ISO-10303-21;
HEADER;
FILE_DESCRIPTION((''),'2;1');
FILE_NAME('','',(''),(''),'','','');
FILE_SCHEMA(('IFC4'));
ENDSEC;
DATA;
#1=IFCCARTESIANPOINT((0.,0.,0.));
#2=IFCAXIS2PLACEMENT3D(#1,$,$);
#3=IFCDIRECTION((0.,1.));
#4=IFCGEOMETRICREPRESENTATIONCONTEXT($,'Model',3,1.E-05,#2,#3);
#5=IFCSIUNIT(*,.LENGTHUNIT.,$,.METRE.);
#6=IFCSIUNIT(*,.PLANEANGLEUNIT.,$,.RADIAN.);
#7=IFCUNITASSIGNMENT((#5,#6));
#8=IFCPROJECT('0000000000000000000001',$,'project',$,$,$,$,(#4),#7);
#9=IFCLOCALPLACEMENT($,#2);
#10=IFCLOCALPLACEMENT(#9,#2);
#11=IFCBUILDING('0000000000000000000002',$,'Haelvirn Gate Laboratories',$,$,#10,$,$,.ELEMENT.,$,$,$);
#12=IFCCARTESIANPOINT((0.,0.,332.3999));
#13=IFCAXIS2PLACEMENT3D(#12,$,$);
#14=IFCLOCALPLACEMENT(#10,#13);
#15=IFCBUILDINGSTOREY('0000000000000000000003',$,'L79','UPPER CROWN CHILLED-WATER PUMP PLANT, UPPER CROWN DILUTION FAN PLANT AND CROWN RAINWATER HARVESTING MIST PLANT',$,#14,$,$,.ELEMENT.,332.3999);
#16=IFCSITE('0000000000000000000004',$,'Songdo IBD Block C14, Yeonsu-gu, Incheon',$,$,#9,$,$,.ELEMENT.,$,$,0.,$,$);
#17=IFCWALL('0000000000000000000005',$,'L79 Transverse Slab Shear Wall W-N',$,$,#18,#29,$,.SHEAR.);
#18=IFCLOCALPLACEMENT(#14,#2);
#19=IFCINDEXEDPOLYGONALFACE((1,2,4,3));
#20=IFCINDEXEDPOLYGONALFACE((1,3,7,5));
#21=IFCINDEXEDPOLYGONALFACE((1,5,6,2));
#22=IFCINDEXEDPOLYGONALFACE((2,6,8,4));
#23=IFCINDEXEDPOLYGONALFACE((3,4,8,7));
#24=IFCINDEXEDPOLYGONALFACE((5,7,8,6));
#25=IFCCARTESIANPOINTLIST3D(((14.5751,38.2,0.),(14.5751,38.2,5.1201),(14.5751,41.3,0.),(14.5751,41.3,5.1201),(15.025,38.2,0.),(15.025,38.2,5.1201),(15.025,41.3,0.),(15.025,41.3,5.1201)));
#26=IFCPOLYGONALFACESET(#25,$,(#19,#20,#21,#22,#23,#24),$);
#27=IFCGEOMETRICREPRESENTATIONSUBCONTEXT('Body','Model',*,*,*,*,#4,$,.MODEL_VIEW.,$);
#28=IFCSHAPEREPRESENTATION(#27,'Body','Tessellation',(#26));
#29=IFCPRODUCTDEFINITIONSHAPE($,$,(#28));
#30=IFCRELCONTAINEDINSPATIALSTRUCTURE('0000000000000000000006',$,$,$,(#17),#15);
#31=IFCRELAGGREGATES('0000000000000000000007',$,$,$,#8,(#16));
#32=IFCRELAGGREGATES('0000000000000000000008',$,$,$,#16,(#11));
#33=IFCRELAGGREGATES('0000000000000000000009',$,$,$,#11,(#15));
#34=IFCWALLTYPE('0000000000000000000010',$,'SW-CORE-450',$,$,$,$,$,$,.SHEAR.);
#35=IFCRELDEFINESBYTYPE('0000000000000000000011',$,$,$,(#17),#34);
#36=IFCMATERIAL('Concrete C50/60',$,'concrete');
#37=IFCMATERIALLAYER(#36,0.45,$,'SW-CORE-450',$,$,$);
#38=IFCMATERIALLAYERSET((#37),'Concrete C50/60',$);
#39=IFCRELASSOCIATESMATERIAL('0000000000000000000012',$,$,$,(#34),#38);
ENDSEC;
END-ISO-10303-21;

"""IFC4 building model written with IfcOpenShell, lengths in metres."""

from ifc_helpers import new_model, si_unit, direction, frame, frame_2d, origin, place, context, subcontext, project, spatial, rectangle, extrude, material, layer, layer_set, type_object, element, save


model = new_model("IFC4")

# Units and contexts
model_context = context("Model", 3, precision=1e-05, world=origin(), true_north=direction((0.0, 1.0)))
body_context = subcontext(model_context, "Body", "Model", "MODEL_VIEW")
ifc_project = project(units=[si_unit("LENGTHUNIT", "METRE"), si_unit("PLANEANGLEUNIT", "RADIAN")], contexts=[model_context])

# Site, building, storey
site_placement = place(None, origin())
site = spatial("IfcSite", under=ifc_project, at=site_placement, Name="Songdo IBD Block C14, Yeonsu-gu, Incheon", CompositionType="ELEMENT", RefElevation=0.0)
building_placement = place(site_placement, origin())
building = spatial("IfcBuilding", under=site, at=building_placement, Name="Haelvirn Gate Laboratories", CompositionType="ELEMENT")
storey_placement = place(building_placement, frame((0.0, 0.0, 332.3999)))
storey = spatial("IfcBuildingStorey", under=building, at=storey_placement, Name="L79", Description="UPPER CROWN CHILLED-WATER PUMP PLANT, UPPER CROWN DILUTION FAN PLANT AND CROWN RAINWATER HARVESTING MIST PLANT", CompositionType="ELEMENT", Elevation=332.3999)

# Shared definitions
ifc_material_1 = material(Name="Concrete C50/60", Category="concrete")

# Wall
ifc_layer_1 = layer(ifc_material_1, 0.45, Name="SW-CORE-450")
ifc_layer_set_1 = layer_set([ifc_layer_1], Name="Concrete C50/60")
wall_type_1 = type_object("IfcWallType", Name="SW-CORE-450", PredefinedType="SHEAR", material=ifc_layer_set_1)
wall_1_placement = place(storey_placement, frame((14.8, 38.2, 0.0), z_axis=(0.0, 0.0, 1.0), x_axis=(0.0, 1.0, 0.0)))
element("IfcWall", 1, at=wall_1_placement, inside=storey, type_object=wall_type_1, Name="L79 Transverse Slab Shear Wall W-N", PredefinedType="SHEAR", context=body_context, shape_type="SweptSolid", body=[
    extrude(rectangle(XDim=3.1001, YDim=0.45, at=frame_2d((1.55, 0.0))), origin(), (0.0, 0.0, 1.0), 5.1201),
])

save(model, "model.ifc")
